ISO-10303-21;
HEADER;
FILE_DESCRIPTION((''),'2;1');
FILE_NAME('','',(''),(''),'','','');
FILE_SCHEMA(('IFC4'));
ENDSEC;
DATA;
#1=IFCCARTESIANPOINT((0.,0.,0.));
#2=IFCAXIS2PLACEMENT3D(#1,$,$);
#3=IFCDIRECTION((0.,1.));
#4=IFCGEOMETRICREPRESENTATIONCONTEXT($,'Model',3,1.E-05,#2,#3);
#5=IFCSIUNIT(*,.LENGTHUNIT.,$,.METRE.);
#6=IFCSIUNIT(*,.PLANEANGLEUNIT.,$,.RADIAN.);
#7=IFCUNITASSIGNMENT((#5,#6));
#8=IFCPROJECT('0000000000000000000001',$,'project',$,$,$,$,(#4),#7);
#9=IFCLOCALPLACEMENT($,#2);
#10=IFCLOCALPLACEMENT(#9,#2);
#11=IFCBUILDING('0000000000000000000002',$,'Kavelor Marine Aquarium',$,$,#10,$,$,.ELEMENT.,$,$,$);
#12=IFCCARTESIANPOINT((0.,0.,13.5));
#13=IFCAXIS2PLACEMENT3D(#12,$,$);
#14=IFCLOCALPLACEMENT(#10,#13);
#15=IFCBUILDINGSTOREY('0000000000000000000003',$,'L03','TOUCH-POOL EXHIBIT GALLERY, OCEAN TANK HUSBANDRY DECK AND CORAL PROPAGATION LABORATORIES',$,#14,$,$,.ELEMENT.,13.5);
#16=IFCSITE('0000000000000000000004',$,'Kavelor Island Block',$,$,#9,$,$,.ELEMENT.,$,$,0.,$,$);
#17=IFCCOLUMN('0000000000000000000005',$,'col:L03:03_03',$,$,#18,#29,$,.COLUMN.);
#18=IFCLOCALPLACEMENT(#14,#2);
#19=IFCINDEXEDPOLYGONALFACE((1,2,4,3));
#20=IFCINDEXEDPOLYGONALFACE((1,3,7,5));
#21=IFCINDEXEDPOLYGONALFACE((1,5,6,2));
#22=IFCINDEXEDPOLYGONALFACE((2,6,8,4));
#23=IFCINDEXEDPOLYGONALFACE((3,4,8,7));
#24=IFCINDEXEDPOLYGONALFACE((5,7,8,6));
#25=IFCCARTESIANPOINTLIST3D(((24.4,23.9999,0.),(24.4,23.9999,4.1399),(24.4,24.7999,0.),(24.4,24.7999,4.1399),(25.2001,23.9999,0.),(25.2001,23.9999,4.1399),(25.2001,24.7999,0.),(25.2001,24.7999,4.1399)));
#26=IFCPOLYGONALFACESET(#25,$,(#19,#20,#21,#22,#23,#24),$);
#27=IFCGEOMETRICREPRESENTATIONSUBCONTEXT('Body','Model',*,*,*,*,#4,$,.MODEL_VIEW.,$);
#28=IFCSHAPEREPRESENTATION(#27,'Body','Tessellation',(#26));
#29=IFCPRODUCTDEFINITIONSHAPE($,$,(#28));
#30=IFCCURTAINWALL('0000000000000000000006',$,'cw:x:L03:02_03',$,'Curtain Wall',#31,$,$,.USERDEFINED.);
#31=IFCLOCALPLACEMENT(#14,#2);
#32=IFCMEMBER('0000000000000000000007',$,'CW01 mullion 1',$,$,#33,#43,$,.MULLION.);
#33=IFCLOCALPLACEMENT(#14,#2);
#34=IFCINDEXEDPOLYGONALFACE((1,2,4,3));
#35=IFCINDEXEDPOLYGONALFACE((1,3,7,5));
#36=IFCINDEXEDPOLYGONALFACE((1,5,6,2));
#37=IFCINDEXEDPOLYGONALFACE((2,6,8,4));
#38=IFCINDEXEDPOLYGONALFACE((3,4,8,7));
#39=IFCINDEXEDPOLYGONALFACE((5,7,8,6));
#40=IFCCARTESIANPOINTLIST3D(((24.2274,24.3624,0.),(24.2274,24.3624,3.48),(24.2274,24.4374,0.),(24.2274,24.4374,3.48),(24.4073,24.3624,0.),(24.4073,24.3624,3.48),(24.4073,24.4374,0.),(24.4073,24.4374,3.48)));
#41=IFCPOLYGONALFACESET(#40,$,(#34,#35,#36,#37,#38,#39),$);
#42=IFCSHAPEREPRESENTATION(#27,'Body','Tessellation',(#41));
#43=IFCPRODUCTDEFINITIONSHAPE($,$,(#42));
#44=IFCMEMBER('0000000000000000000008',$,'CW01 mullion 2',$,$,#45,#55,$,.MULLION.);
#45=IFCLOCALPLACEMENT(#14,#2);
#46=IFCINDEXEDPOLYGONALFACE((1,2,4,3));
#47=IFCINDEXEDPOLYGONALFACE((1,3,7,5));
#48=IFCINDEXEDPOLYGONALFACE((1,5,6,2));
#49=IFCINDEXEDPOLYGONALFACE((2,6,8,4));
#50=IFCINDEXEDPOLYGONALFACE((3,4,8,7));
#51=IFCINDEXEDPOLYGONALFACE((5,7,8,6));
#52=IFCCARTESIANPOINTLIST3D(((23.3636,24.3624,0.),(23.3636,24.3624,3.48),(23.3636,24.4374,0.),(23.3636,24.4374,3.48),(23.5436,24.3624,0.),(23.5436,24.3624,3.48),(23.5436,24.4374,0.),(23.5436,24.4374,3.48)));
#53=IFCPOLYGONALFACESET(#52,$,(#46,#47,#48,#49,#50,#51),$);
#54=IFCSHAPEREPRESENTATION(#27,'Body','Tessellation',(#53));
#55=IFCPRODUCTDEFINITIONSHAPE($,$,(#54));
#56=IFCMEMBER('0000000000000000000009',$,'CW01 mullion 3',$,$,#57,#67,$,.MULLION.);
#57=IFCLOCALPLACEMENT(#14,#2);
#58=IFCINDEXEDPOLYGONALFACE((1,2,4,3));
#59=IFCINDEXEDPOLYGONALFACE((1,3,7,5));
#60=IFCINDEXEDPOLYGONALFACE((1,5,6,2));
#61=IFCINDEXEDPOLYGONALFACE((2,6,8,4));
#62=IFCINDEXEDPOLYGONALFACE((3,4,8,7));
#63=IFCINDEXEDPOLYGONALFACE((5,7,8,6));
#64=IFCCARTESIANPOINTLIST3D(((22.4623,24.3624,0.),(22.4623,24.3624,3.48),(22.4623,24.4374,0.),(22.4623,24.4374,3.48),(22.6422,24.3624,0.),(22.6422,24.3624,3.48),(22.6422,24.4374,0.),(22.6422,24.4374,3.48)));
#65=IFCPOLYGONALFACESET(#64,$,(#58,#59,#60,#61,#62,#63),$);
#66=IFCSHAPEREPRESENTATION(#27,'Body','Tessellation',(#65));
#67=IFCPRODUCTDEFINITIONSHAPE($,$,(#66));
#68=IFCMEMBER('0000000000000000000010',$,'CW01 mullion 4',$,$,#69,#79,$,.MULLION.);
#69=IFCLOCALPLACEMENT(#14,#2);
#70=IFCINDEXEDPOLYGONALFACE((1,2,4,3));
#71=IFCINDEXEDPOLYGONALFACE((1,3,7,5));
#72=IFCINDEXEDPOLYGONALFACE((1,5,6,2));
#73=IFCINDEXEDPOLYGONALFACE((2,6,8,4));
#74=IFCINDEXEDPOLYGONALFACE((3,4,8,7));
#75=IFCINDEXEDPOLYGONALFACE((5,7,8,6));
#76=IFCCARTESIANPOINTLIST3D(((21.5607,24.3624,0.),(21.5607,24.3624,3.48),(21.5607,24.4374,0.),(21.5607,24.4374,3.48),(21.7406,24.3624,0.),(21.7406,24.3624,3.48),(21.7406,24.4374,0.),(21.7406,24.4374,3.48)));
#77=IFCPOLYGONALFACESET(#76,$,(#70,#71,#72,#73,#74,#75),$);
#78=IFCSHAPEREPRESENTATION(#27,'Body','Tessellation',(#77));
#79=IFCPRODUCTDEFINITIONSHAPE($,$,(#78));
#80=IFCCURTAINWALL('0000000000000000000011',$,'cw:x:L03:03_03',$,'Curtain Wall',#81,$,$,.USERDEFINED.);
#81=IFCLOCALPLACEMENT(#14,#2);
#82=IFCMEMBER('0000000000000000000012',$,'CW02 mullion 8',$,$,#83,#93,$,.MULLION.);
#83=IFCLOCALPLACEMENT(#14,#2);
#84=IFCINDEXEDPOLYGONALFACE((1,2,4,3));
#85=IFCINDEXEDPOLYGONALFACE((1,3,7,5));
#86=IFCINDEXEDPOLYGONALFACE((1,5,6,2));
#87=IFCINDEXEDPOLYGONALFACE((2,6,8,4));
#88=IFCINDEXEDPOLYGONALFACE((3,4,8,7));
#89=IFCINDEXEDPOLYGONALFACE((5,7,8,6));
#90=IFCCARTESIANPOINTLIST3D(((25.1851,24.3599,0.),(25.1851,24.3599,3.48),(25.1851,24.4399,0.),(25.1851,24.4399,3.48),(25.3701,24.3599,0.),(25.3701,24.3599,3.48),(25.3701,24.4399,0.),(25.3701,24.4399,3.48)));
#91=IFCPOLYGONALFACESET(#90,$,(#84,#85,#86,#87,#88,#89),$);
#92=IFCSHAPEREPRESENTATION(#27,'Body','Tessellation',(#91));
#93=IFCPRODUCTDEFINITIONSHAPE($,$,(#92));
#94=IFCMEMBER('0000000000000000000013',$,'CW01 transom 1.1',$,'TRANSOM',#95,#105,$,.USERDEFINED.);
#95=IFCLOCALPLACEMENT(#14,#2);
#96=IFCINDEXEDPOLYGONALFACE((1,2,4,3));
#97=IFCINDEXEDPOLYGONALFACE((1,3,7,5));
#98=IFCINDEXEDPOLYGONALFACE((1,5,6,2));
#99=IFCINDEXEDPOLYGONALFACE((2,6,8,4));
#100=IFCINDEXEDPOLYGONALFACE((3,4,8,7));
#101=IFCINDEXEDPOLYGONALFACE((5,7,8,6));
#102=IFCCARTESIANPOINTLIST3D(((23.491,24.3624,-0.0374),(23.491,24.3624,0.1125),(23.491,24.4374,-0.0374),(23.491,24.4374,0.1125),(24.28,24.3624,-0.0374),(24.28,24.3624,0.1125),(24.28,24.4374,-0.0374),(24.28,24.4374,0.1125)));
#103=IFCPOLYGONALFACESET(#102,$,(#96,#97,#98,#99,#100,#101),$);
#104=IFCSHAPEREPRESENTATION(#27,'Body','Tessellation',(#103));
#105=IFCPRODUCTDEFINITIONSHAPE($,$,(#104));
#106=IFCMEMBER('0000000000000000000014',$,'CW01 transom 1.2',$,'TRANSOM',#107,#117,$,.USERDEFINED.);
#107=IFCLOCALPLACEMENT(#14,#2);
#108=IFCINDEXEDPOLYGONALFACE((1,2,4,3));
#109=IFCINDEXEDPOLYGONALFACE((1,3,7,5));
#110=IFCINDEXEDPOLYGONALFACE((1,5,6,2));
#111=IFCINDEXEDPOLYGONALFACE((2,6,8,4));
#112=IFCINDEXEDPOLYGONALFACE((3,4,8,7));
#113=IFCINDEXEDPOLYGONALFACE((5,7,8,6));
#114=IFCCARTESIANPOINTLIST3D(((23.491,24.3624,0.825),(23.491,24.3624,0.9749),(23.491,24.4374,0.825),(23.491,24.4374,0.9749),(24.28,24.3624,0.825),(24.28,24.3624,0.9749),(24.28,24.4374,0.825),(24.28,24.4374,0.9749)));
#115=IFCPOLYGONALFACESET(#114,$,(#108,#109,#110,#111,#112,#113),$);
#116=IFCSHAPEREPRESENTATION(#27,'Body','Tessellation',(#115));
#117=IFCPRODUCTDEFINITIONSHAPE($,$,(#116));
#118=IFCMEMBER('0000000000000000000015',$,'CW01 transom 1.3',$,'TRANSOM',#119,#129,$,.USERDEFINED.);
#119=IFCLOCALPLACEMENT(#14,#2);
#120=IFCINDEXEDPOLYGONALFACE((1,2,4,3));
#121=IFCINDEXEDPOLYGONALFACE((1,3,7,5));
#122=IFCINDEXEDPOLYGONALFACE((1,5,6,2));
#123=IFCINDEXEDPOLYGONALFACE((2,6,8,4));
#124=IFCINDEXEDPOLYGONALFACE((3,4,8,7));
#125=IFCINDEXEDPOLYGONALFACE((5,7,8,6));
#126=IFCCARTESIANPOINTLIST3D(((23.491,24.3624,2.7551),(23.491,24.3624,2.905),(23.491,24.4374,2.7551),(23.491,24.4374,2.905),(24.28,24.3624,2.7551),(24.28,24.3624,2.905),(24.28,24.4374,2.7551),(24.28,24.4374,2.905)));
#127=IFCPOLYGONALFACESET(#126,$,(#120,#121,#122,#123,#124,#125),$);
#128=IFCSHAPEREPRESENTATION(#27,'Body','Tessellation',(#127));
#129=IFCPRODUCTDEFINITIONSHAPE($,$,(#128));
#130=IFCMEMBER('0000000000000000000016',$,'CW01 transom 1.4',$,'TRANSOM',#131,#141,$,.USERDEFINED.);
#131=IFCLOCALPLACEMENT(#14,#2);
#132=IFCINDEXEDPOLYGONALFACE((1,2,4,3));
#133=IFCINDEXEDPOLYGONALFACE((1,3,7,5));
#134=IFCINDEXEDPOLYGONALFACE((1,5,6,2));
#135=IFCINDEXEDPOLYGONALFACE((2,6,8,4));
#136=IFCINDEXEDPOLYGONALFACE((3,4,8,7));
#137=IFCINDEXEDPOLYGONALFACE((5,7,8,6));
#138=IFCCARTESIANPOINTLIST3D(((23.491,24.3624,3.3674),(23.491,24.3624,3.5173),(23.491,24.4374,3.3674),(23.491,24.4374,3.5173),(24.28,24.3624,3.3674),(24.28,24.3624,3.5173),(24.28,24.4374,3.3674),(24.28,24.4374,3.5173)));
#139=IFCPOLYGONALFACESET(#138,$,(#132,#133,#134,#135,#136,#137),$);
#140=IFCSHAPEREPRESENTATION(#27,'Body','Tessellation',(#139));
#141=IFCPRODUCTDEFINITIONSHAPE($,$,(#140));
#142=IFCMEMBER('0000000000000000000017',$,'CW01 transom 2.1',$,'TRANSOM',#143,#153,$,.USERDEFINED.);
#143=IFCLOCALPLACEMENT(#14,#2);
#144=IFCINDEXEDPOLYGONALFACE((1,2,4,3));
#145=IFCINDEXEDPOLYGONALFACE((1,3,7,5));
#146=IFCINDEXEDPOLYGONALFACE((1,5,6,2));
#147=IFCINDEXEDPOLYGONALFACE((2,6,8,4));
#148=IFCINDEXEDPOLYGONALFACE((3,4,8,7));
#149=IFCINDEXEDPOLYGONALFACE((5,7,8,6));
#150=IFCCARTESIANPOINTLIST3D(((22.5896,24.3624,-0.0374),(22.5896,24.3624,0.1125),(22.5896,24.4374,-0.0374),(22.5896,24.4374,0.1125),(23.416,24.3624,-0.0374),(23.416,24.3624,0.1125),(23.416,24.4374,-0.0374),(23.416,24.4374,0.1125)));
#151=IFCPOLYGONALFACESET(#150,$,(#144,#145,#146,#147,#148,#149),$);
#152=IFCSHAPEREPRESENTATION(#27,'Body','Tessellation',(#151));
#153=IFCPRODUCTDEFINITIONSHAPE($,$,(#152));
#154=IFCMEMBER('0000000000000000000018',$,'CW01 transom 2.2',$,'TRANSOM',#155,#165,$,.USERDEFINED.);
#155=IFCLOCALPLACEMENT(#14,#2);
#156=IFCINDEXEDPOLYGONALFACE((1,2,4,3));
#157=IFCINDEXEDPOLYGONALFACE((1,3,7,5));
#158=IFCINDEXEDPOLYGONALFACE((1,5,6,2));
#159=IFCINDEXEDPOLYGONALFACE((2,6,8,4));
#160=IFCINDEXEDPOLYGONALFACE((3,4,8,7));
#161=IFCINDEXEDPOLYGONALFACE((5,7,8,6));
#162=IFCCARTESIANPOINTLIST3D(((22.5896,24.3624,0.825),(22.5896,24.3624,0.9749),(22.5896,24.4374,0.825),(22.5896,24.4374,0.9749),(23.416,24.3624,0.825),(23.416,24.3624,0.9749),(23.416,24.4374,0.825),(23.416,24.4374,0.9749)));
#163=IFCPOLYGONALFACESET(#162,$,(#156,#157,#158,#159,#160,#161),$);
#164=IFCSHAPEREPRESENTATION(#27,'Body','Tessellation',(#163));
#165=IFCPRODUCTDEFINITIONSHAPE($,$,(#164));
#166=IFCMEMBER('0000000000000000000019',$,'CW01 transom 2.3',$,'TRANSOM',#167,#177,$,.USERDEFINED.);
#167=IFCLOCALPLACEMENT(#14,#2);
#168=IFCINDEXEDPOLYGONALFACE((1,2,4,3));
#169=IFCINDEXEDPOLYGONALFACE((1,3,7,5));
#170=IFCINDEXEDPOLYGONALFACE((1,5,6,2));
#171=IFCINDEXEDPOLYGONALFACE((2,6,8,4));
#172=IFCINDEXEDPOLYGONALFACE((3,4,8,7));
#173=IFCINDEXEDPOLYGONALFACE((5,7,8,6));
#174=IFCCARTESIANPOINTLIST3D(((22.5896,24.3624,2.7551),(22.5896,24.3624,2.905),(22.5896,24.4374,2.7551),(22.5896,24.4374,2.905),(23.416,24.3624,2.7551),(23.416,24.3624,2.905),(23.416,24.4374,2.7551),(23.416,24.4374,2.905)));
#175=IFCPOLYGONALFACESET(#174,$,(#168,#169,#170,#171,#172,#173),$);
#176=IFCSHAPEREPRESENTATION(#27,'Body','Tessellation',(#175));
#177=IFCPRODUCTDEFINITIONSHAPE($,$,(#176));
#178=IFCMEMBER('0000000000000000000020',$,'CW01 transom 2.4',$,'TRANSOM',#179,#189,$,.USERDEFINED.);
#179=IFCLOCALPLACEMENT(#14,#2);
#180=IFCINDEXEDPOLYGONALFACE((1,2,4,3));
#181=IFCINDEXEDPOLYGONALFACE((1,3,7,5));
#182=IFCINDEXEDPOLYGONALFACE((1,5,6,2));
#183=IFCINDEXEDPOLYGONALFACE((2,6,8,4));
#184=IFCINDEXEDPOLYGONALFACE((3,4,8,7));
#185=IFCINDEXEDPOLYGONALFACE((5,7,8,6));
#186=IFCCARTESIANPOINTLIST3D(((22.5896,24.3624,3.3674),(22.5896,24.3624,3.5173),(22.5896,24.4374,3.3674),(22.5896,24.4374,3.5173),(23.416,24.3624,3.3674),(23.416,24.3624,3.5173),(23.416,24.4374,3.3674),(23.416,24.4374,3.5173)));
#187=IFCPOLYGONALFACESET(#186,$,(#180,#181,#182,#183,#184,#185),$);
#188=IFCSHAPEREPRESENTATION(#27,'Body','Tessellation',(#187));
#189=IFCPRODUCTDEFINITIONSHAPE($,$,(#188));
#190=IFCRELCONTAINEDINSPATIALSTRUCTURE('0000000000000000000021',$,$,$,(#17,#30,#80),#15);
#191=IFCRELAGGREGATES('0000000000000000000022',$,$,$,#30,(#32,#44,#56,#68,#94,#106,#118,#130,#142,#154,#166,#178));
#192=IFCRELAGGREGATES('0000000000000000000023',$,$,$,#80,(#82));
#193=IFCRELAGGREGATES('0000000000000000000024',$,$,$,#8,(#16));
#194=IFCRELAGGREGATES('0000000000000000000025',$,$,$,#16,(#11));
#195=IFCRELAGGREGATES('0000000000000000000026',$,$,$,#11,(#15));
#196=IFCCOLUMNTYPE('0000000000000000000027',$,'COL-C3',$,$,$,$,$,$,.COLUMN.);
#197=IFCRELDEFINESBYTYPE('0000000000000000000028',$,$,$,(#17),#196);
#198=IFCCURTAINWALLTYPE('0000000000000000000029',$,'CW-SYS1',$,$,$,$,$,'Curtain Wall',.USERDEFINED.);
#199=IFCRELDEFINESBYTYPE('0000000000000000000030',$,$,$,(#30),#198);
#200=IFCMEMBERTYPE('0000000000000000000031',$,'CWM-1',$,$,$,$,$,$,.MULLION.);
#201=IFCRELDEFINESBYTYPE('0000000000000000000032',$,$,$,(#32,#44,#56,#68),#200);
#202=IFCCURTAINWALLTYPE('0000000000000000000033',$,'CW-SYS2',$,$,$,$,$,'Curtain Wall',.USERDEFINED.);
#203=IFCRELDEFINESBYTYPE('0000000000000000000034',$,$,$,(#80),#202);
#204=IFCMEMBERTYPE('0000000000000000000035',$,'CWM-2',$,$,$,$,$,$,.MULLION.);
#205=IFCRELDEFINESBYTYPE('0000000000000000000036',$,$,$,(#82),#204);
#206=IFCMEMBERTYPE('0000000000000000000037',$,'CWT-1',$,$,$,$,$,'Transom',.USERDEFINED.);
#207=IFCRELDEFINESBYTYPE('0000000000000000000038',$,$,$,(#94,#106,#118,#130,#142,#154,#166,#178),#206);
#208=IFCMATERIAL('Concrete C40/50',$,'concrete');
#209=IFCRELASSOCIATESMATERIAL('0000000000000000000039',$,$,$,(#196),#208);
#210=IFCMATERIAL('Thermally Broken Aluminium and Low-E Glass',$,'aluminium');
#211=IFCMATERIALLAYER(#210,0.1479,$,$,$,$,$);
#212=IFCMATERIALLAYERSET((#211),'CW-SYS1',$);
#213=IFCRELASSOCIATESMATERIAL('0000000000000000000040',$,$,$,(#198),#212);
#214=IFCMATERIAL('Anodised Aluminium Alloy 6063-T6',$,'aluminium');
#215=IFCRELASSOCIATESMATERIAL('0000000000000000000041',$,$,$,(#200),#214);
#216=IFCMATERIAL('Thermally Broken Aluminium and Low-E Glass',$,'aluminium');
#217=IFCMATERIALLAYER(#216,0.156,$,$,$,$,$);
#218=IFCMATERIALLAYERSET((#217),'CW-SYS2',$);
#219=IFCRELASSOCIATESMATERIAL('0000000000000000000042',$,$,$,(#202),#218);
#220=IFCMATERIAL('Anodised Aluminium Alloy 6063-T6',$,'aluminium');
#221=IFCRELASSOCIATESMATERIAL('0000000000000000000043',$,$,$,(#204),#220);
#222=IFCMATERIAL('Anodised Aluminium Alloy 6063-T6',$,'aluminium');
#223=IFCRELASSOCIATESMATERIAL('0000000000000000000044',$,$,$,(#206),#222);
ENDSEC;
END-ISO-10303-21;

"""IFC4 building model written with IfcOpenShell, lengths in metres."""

from ifc_helpers import new_model, si_unit, direction, frame, origin, origin_2d, place, context, subcontext, project, spatial, rectangle, extrude, material, layer, layer_set, material_profile, profile_set, type_object, element, aggregate, save


model = new_model("IFC4")

# Units and contexts
model_context = context("Model", 3, precision=1e-05, world=origin(), true_north=direction((0.0, 1.0)))
body_context = subcontext(model_context, "Body", "Model", "MODEL_VIEW")
ifc_project = project(units=[si_unit("LENGTHUNIT", "METRE"), si_unit("PLANEANGLEUNIT", "RADIAN")], contexts=[model_context])

# Site, building, storey
site_placement = place(None, origin())
site = spatial("IfcSite", under=ifc_project, at=site_placement, Name="Kavelor Island Block", CompositionType="ELEMENT", RefElevation=0.0)
building_placement = place(site_placement, origin())
building = spatial("IfcBuilding", under=site, at=building_placement, Name="Kavelor Marine Aquarium", CompositionType="ELEMENT")
storey_placement = place(building_placement, frame((0.0, 0.0, 13.5)))
storey = spatial("IfcBuildingStorey", under=building, at=storey_placement, Name="L03", Description="TOUCH-POOL EXHIBIT GALLERY, OCEAN TANK HUSBANDRY DECK AND CORAL PROPAGATION LABORATORIES", CompositionType="ELEMENT", Elevation=13.5)

# Column
ifc_material_1 = material(Name="Concrete C40/50", Category="concrete")
ifc_material_profile_1 = material_profile(ifc_material_1, rectangle(XDim=0.8, YDim=0.8, at=origin_2d()), Name="RC-COL 800x800")
ifc_profile_set_1 = profile_set([ifc_material_profile_1], Name="Concrete C40/50")
column_type = type_object("IfcColumnType", Name="COL-C3", PredefinedType="COLUMN", material=ifc_profile_set_1)
column_placement = place(storey_placement, frame((24.8, 24.3999, 0.0), z_axis=(0.0, 0.0, 1.0), x_axis=(1.0, 0.0, 0.0)))
element("IfcColumn", 1, at=column_placement, inside=storey, type_object=column_type, Name="col:L03:03_03", PredefinedType="COLUMN", context=body_context, shape_type="SweptSolid", body=[
    extrude(rectangle(XDim=0.8, YDim=0.8, at=origin_2d()), origin(), (0.0, 0.0, 1.0), 4.1399),
])

# Curtain wall, members
ifc_material_2 = material(Name="Thermally Broken Aluminium and Low-E Glass", Category="aluminium")
ifc_layer_1 = layer(ifc_material_2, 0.1479)
ifc_layer_set_1 = layer_set([ifc_layer_1], Name="CW-SYS1")
curtain_wall_type_1 = type_object("IfcCurtainWallType", Name="CW-SYS1", ElementType="Curtain Wall", PredefinedType="USERDEFINED", material=ifc_layer_set_1)
curtain_wall_1_placement = place(storey_placement, origin())
curtain_wall_1 = element("IfcCurtainWall", 2, at=curtain_wall_1_placement, inside=storey, type_object=curtain_wall_type_1, Name="cw:x:L03:02_03", ObjectType="Curtain Wall", PredefinedType="USERDEFINED")
ifc_material_3 = material(Name="Anodised Aluminium Alloy 6063-T6", Category="aluminium")
ifc_material_profile_2 = material_profile(ifc_material_3, rectangle(XDim=0.075, YDim=0.1799, at=origin_2d()), Name="CW-MUL 75x180")
ifc_profile_set_2 = profile_set([ifc_material_profile_2], Name="Anodised Aluminium Alloy 6063-T6")
member_type_1 = type_object("IfcMemberType", Name="CWM-1", PredefinedType="MULLION", material=ifc_profile_set_2)
member_1_placement = place(storey_placement, frame((24.3174, 24.3999, 0.0), z_axis=(0.0, 0.0, 1.0), x_axis=(0.0, -1.0, 0.0)))
member_1 = element("IfcMember", 3, at=member_1_placement, type_object=member_type_1, Name="CW01 mullion 1", PredefinedType="MULLION", context=body_context, shape_type="SweptSolid", body=[
    extrude(rectangle(XDim=0.075, YDim=0.1799, at=origin_2d()), origin(), (0.0, 0.0, 1.0), 3.48),
])
member_2_placement = place(storey_placement, frame((23.4536, 24.3999, 0.0), z_axis=(0.0, 0.0, 1.0), x_axis=(0.0, -1.0, 0.0)))
member_2 = element("IfcMember", 4, at=member_2_placement, type_object=member_type_1, Name="CW01 mullion 2", PredefinedType="MULLION", context=body_context, shape_type="SweptSolid", body=[
    extrude(rectangle(XDim=0.075, YDim=0.1799, at=origin_2d()), origin(), (0.0, 0.0, 1.0), 3.48),
])
member_3_placement = place(storey_placement, frame((22.5522, 24.3999, 0.0), z_axis=(0.0, 0.0, 1.0), x_axis=(0.0, -1.0, 0.0)))
member_3 = element("IfcMember", 5, at=member_3_placement, type_object=member_type_1, Name="CW01 mullion 3", PredefinedType="MULLION", context=body_context, shape_type="SweptSolid", body=[
    extrude(rectangle(XDim=0.075, YDim=0.1799, at=origin_2d()), origin(), (0.0, 0.0, 1.0), 3.48),
])
member_4_placement = place(storey_placement, frame((21.6506, 24.3999, 0.0), z_axis=(0.0, 0.0, 1.0), x_axis=(0.0, -1.0, 0.0)))
member_4 = element("IfcMember", 6, at=member_4_placement, type_object=member_type_1, Name="CW01 mullion 4", PredefinedType="MULLION", context=body_context, shape_type="SweptSolid", body=[
    extrude(rectangle(XDim=0.075, YDim=0.1799, at=origin_2d()), origin(), (0.0, 0.0, 1.0), 3.48),
])

# Curtain wall, member
ifc_material_4 = material(Name="Thermally Broken Aluminium and Low-E Glass", Category="aluminium")
ifc_layer_2 = layer(ifc_material_4, 0.156)
ifc_layer_set_2 = layer_set([ifc_layer_2], Name="CW-SYS2")
curtain_wall_type_2 = type_object("IfcCurtainWallType", Name="CW-SYS2", ElementType="Curtain Wall", PredefinedType="USERDEFINED", material=ifc_layer_set_2)
curtain_wall_2_placement = place(storey_placement, origin())
curtain_wall_2 = element("IfcCurtainWall", 7, at=curtain_wall_2_placement, inside=storey, type_object=curtain_wall_type_2, Name="cw:x:L03:03_03", ObjectType="Curtain Wall", PredefinedType="USERDEFINED")
ifc_material_5 = material(Name="Anodised Aluminium Alloy 6063-T6", Category="aluminium")
ifc_material_profile_3 = material_profile(ifc_material_5, rectangle(XDim=0.0801, YDim=0.1851, at=origin_2d()), Name="CW-MUL 80x185")
ifc_profile_set_3 = profile_set([ifc_material_profile_3], Name="Anodised Aluminium Alloy 6063-T6")
member_type_2 = type_object("IfcMemberType", Name="CWM-2", PredefinedType="MULLION", material=ifc_profile_set_3)
member_5_placement = place(storey_placement, frame((25.2776, 24.3999, 0.0), z_axis=(0.0, 0.0, 1.0), x_axis=(0.0, -1.0, 0.0)))
member_5 = element("IfcMember", 8, at=member_5_placement, type_object=member_type_2, Name="CW02 mullion 8", PredefinedType="MULLION", context=body_context, shape_type="SweptSolid", body=[
    extrude(rectangle(XDim=0.0801, YDim=0.1851, at=origin_2d()), origin(), (0.0, 0.0, 1.0), 3.48),
])

# Members
ifc_material_6 = material(Name="Anodised Aluminium Alloy 6063-T6", Category="aluminium")
ifc_material_profile_4 = material_profile(ifc_material_6, rectangle(XDim=0.075, YDim=0.1499, at=origin_2d()), Name="CW-TRN 75x150")
ifc_profile_set_4 = profile_set([ifc_material_profile_4], Name="Anodised Aluminium Alloy 6063-T6")
member_type_3 = type_object("IfcMemberType", Name="CWT-1", ElementType="Transom", PredefinedType="USERDEFINED", material=ifc_profile_set_4)
member_6_placement = place(storey_placement, frame((24.28, 24.3999, 0.0376), z_axis=(-1.0, 0.0, 0.0), x_axis=(0.0, -1.0, 0.0)))
member_6 = element("IfcMember", 9, at=member_6_placement, type_object=member_type_3, Name="CW01 transom 1.1", ObjectType="TRANSOM", PredefinedType="USERDEFINED", context=body_context, shape_type="SweptSolid", body=[
    extrude(rectangle(XDim=0.075, YDim=0.1499, at=origin_2d()), origin(), (0.0, 0.0, 1.0), 0.7891),
])
member_7_placement = place(storey_placement, frame((24.28, 24.3999, 0.8999), z_axis=(-1.0, 0.0, 0.0), x_axis=(0.0, -1.0, 0.0)))
member_7 = element("IfcMember", 10, at=member_7_placement, type_object=member_type_3, Name="CW01 transom 1.2", ObjectType="TRANSOM", PredefinedType="USERDEFINED", context=body_context, shape_type="SweptSolid", body=[
    extrude(rectangle(XDim=0.075, YDim=0.1499, at=origin_2d()), origin(), (0.0, 0.0, 1.0), 0.7891),
])
member_8_placement = place(storey_placement, frame((24.28, 24.3999, 2.8301), z_axis=(-1.0, 0.0, 0.0), x_axis=(0.0, -1.0, 0.0)))
member_8 = element("IfcMember", 11, at=member_8_placement, type_object=member_type_3, Name="CW01 transom 1.3", ObjectType="TRANSOM", PredefinedType="USERDEFINED", context=body_context, shape_type="SweptSolid", body=[
    extrude(rectangle(XDim=0.075, YDim=0.1499, at=origin_2d()), origin(), (0.0, 0.0, 1.0), 0.7891),
])
member_9_placement = place(storey_placement, frame((24.28, 24.3999, 3.4424), z_axis=(-1.0, 0.0, 0.0), x_axis=(0.0, -1.0, 0.0)))
member_9 = element("IfcMember", 12, at=member_9_placement, type_object=member_type_3, Name="CW01 transom 1.4", ObjectType="TRANSOM", PredefinedType="USERDEFINED", context=body_context, shape_type="SweptSolid", body=[
    extrude(rectangle(XDim=0.075, YDim=0.1499, at=origin_2d()), origin(), (0.0, 0.0, 1.0), 0.7891),
])
member_10_placement = place(storey_placement, frame((23.416, 24.3999, 0.0376), z_axis=(-1.0, 0.0, 0.0), x_axis=(0.0, -1.0, 0.0)))
member_10 = element("IfcMember", 13, at=member_10_placement, type_object=member_type_3, Name="CW01 transom 2.1", ObjectType="TRANSOM", PredefinedType="USERDEFINED", context=body_context, shape_type="SweptSolid", body=[
    extrude(rectangle(XDim=0.075, YDim=0.1499, at=origin_2d()), origin(), (0.0, 0.0, 1.0), 0.8264),
])
member_11_placement = place(storey_placement, frame((23.416, 24.3999, 0.8999), z_axis=(-1.0, 0.0, 0.0), x_axis=(0.0, -1.0, 0.0)))
member_11 = element("IfcMember", 14, at=member_11_placement, type_object=member_type_3, Name="CW01 transom 2.2", ObjectType="TRANSOM", PredefinedType="USERDEFINED", context=body_context, shape_type="SweptSolid", body=[
    extrude(rectangle(XDim=0.075, YDim=0.1499, at=origin_2d()), origin(), (0.0, 0.0, 1.0), 0.8264),
])
member_12_placement = place(storey_placement, frame((23.416, 24.3999, 2.8301), z_axis=(-1.0, 0.0, 0.0), x_axis=(0.0, -1.0, 0.0)))
member_12 = element("IfcMember", 15, at=member_12_placement, type_object=member_type_3, Name="CW01 transom 2.3", ObjectType="TRANSOM", PredefinedType="USERDEFINED", context=body_context, shape_type="SweptSolid", body=[
    extrude(rectangle(XDim=0.075, YDim=0.1499, at=origin_2d()), origin(), (0.0, 0.0, 1.0), 0.8264),
])
member_13_placement = place(storey_placement, frame((23.416, 24.3999, 3.4424), z_axis=(-1.0, 0.0, 0.0), x_axis=(0.0, -1.0, 0.0)))
member_13 = element("IfcMember", 16, at=member_13_placement, type_object=member_type_3, Name="CW01 transom 2.4", ObjectType="TRANSOM", PredefinedType="USERDEFINED", context=body_context, shape_type="SweptSolid", body=[
    extrude(rectangle(XDim=0.075, YDim=0.1499, at=origin_2d()), origin(), (0.0, 0.0, 1.0), 0.8264),
])

aggregate(curtain_wall_1, [member_1, member_2, member_3, member_4, member_6, member_7, member_8, member_9, member_10, member_11, member_12, member_13])
aggregate(curtain_wall_2, [member_5])

save(model, "model.ifc")
